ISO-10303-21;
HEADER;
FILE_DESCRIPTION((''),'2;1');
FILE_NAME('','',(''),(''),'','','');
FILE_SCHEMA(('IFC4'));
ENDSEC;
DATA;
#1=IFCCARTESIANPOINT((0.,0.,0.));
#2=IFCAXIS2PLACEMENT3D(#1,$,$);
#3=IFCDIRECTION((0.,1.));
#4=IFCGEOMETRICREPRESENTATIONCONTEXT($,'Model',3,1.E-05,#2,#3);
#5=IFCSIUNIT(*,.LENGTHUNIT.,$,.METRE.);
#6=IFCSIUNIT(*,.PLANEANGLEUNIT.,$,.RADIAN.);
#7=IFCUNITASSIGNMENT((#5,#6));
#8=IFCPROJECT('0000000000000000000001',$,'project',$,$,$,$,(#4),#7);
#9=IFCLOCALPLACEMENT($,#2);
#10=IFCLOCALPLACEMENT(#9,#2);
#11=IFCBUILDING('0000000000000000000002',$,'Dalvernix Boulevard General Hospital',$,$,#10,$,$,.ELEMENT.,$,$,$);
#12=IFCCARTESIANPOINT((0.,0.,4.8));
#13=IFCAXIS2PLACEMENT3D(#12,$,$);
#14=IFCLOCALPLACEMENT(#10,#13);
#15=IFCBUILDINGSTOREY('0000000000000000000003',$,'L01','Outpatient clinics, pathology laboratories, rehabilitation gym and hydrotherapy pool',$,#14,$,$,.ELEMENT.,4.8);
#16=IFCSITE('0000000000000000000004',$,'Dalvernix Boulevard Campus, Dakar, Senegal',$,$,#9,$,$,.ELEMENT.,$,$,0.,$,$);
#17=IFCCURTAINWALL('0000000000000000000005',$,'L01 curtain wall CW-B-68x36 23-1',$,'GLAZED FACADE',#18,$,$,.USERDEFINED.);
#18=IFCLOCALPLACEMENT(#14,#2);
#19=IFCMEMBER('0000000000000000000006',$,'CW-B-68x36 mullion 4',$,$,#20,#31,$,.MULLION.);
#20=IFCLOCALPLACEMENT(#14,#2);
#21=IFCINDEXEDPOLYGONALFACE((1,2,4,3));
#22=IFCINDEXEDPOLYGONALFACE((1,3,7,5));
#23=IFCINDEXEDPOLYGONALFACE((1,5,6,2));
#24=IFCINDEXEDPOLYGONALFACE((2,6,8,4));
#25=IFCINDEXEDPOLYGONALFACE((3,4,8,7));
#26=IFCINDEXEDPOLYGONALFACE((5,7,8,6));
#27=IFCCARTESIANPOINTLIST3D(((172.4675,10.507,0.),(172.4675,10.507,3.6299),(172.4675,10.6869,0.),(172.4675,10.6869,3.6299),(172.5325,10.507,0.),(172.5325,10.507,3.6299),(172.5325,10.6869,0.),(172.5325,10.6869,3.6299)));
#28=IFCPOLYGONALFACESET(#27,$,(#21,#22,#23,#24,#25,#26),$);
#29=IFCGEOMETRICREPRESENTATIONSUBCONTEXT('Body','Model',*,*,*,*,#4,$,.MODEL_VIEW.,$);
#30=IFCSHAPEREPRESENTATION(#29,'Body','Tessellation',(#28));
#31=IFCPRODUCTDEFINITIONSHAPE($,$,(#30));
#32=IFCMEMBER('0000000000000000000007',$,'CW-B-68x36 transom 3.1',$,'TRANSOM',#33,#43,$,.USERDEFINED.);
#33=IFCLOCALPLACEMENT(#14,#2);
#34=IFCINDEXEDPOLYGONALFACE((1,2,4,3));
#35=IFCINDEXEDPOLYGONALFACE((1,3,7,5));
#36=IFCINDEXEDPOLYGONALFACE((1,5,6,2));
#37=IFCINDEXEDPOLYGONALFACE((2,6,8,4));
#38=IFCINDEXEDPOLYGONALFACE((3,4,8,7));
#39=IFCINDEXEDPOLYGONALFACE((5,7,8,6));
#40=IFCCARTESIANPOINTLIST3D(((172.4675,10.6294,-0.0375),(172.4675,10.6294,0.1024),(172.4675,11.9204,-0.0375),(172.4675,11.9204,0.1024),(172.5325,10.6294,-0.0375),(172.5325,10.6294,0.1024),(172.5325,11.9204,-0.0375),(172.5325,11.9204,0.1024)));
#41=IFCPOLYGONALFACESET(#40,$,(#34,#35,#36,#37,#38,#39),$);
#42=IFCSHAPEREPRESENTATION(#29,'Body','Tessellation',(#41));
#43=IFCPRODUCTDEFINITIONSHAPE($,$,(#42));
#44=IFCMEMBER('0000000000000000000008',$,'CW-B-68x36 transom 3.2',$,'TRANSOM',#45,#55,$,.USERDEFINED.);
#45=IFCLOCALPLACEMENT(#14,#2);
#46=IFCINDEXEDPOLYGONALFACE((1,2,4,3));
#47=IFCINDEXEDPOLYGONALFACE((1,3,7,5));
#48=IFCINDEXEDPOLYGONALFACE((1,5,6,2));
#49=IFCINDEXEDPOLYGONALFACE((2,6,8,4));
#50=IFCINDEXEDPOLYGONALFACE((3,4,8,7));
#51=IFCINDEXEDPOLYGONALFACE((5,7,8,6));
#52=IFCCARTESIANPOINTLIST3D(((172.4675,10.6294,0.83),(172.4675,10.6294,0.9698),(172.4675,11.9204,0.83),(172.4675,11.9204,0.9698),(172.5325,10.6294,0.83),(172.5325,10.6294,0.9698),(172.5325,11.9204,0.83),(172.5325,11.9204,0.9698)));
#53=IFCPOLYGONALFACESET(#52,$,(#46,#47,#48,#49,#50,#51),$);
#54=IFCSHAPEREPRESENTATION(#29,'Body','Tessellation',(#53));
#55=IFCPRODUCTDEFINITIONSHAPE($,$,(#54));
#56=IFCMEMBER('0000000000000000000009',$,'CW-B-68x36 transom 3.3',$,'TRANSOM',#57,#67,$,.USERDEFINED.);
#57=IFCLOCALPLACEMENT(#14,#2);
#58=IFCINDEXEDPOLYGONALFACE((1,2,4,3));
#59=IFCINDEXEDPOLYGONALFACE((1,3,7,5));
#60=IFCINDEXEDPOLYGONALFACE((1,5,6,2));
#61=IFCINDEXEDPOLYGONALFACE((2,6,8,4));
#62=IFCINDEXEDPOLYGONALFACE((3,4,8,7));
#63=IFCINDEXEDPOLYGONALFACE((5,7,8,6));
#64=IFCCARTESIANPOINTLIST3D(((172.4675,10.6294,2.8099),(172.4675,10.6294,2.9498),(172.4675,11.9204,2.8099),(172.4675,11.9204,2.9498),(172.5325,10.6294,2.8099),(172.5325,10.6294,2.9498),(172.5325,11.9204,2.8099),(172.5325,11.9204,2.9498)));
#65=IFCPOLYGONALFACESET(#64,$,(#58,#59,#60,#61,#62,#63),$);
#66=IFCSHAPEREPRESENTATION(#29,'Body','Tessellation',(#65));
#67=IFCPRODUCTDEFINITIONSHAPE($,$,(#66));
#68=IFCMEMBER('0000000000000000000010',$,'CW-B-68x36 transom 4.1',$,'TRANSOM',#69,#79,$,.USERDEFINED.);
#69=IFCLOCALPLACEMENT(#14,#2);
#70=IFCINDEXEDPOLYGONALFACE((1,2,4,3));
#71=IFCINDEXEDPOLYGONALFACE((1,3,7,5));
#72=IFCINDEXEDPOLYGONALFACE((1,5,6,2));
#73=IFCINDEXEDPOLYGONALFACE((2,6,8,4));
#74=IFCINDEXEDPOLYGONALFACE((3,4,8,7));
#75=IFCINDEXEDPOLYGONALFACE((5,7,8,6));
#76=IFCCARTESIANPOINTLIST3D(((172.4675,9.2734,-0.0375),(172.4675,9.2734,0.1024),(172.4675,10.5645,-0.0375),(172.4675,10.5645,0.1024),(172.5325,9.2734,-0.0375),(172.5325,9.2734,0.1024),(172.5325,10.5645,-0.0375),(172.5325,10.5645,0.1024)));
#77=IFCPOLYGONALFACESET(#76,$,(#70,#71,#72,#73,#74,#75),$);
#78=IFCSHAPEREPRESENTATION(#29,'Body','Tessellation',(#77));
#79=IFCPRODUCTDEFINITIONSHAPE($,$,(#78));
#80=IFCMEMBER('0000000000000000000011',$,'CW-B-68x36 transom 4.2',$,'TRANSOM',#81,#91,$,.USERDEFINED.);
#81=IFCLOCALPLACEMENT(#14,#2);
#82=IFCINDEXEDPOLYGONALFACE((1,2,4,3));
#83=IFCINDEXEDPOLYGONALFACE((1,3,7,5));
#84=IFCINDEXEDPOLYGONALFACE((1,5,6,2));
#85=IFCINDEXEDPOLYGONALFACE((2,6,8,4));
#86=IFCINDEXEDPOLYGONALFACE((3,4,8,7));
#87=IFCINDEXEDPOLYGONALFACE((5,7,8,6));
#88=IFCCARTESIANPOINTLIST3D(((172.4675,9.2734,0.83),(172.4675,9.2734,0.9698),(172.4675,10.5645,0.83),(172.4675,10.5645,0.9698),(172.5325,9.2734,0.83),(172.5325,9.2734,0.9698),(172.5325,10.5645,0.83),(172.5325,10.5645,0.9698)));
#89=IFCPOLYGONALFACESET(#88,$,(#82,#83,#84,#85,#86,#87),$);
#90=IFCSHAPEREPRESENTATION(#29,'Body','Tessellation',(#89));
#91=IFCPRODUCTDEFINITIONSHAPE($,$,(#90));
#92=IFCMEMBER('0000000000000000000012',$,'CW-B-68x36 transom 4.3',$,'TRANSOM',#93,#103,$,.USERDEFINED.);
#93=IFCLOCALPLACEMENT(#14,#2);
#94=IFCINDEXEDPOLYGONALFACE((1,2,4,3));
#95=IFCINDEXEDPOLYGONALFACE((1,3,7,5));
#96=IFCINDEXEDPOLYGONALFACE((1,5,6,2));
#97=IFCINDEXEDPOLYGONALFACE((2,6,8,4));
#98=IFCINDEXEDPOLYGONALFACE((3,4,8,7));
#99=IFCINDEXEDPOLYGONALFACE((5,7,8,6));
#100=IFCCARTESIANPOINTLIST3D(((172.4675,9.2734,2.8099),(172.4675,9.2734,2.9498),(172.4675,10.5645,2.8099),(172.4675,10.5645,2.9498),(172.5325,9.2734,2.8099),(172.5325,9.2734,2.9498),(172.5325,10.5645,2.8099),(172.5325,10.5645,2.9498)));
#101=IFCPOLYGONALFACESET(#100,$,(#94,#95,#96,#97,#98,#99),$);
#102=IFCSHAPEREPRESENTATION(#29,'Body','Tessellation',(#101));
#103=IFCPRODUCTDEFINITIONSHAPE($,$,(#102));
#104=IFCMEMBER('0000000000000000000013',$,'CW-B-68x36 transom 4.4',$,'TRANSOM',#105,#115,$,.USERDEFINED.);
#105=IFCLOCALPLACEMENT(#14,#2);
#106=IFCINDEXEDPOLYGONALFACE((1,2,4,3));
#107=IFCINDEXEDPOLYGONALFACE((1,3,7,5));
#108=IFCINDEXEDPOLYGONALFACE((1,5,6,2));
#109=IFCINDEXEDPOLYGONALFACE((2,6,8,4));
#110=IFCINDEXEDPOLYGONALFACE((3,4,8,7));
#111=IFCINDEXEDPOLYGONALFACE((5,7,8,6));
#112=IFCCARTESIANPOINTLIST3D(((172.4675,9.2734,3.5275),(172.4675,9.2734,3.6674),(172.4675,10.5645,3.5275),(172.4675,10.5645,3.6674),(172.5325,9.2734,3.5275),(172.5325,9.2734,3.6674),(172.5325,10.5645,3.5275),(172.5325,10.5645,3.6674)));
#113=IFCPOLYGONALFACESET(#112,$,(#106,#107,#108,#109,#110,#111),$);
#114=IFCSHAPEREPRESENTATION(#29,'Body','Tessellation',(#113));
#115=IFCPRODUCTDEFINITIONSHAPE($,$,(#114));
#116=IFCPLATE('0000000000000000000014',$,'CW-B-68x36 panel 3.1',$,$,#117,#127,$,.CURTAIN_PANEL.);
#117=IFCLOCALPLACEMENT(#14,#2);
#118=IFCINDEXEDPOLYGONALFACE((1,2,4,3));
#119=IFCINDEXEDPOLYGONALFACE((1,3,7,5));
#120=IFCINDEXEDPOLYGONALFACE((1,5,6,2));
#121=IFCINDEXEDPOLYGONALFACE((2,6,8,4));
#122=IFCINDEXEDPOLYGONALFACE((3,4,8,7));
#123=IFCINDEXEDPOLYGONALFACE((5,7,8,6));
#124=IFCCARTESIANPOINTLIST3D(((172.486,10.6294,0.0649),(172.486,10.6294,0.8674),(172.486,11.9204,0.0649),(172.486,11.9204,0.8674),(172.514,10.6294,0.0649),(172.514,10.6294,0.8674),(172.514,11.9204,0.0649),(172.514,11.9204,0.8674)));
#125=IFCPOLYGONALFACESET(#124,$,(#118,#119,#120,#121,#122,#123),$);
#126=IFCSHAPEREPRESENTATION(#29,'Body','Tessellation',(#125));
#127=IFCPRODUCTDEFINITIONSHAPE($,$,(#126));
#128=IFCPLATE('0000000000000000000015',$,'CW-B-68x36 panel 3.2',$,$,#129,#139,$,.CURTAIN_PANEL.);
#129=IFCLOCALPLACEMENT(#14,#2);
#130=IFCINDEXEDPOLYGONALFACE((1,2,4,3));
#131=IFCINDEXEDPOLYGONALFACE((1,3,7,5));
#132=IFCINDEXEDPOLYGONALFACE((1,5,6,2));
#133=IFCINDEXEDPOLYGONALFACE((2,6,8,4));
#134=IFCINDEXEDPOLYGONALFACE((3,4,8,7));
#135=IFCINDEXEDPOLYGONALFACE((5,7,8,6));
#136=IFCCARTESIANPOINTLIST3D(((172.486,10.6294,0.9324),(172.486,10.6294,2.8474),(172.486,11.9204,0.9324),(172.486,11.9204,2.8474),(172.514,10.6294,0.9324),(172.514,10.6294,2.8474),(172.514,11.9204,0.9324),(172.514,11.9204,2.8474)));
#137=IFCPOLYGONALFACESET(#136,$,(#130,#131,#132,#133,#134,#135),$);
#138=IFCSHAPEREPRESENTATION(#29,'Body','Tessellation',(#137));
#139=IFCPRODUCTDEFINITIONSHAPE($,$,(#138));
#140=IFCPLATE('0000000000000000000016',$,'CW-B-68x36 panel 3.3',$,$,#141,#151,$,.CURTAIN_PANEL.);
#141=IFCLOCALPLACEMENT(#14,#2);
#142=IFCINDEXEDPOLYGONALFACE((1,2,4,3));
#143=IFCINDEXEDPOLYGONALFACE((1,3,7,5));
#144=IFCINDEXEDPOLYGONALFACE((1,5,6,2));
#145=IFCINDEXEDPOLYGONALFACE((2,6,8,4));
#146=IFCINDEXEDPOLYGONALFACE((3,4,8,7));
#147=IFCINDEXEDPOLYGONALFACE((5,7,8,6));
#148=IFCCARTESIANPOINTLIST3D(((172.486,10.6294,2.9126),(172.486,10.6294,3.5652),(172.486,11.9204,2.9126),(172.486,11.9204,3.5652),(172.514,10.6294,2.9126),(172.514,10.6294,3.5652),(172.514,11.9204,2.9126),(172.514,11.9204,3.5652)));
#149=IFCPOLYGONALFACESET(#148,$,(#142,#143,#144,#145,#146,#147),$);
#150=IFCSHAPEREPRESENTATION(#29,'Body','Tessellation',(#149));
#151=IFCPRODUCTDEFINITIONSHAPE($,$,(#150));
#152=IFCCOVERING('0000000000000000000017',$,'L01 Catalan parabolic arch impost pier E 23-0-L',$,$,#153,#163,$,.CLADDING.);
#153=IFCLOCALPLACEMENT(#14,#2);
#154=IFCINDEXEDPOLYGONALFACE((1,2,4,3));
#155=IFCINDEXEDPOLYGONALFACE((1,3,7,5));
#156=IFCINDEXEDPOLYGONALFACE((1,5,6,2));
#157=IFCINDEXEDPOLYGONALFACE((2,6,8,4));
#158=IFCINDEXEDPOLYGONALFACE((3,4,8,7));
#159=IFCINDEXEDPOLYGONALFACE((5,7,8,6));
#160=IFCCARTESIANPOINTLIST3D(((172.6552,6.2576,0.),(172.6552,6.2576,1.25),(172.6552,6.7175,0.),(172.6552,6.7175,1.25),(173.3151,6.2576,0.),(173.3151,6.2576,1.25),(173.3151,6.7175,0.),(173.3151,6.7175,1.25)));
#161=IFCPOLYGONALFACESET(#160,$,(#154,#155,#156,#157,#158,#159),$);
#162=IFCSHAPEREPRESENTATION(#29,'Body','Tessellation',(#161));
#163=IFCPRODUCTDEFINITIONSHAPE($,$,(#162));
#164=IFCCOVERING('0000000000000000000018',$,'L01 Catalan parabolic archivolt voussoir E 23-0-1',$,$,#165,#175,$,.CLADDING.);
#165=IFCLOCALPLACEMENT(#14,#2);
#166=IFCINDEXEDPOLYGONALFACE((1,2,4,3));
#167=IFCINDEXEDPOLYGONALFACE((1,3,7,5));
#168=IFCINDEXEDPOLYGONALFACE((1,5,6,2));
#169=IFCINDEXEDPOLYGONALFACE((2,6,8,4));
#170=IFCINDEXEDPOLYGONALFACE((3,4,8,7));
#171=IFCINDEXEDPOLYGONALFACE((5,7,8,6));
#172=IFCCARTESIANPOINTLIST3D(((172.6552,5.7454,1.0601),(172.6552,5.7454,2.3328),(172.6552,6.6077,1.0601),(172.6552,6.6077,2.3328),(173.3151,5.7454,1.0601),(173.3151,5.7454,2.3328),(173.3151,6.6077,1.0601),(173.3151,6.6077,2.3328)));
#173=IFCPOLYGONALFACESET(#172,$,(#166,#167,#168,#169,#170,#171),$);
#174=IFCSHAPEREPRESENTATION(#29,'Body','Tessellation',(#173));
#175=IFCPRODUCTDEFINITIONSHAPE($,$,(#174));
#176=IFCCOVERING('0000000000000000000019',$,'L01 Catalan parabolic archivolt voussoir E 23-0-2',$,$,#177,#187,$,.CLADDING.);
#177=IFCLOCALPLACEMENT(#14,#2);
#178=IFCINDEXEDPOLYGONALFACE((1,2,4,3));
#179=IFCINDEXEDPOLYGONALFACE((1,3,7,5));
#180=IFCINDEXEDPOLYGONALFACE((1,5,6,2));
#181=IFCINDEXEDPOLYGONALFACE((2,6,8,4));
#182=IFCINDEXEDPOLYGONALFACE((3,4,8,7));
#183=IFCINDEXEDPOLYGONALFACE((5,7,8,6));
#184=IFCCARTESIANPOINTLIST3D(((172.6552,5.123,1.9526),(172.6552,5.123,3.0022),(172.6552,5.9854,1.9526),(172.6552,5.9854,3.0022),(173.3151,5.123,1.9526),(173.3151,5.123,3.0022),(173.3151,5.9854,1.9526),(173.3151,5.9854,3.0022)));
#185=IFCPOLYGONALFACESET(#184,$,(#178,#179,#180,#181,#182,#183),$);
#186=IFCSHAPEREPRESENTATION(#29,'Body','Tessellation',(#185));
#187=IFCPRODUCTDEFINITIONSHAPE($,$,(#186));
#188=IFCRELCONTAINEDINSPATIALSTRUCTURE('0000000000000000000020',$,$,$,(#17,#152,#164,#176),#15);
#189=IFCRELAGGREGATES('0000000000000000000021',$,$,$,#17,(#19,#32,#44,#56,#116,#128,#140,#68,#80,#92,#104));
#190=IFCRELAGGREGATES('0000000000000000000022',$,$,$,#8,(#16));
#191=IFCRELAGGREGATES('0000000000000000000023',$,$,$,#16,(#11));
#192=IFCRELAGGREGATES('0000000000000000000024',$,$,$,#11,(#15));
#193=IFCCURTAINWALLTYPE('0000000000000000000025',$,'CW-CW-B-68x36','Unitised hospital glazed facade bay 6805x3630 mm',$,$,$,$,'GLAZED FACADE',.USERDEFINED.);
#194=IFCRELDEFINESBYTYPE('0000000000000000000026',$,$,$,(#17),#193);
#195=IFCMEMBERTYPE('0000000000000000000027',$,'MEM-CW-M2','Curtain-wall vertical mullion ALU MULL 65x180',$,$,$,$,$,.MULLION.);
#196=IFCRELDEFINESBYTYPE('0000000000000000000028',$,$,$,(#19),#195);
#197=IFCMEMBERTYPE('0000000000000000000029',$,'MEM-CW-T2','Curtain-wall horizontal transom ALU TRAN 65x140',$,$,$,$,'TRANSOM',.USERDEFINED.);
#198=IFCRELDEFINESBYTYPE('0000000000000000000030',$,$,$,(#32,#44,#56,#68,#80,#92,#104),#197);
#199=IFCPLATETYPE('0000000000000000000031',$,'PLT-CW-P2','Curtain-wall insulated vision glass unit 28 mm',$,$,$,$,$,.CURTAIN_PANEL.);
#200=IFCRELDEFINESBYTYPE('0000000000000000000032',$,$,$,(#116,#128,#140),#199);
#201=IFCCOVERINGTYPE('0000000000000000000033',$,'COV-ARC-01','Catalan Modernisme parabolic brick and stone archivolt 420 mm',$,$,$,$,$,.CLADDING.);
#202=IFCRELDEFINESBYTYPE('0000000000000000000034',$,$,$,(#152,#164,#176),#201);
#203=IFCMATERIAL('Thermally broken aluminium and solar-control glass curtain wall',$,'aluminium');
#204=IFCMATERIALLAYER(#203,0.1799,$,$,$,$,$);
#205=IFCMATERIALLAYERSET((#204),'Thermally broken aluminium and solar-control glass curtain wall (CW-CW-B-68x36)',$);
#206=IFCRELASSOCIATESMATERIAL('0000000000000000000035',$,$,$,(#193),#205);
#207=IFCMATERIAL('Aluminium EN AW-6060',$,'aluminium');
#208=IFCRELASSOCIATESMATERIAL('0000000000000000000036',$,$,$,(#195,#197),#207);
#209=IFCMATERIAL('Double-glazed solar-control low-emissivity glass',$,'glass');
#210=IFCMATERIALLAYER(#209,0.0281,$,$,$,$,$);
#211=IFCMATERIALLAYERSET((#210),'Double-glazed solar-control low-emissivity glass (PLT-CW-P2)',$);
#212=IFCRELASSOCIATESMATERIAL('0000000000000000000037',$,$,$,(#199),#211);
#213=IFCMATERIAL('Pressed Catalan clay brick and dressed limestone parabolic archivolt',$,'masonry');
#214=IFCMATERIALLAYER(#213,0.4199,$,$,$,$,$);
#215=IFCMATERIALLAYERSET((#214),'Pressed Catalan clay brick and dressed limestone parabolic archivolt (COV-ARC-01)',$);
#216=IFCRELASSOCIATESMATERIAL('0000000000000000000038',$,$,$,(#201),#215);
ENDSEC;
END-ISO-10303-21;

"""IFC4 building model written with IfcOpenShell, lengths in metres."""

from ifc_helpers import new_model, si_unit, direction, frame, origin, origin_2d, place, context, subcontext, project, spatial, rectangle, extrude, material, layer, layer_set, material_profile, profile_set, type_object, element, aggregate, save


model = new_model("IFC4")

# Units and contexts
model_context = context("Model", 3, precision=1e-05, world=origin(), true_north=direction((0.0, 1.0)))
body_context = subcontext(model_context, "Body", "Model", "MODEL_VIEW")
ifc_project = project(units=[si_unit("LENGTHUNIT", "METRE"), si_unit("PLANEANGLEUNIT", "RADIAN")], contexts=[model_context])

# Site, building, storey
site_placement = place(None, origin())
site = spatial("IfcSite", under=ifc_project, at=site_placement, Name="Dalvernix Boulevard Campus, Dakar, Senegal", CompositionType="ELEMENT", RefElevation=0.0)
building_placement = place(site_placement, origin())
building = spatial("IfcBuilding", under=site, at=building_placement, Name="Dalvernix Boulevard General Hospital", CompositionType="ELEMENT")
storey_placement = place(building_placement, frame((0.0, 0.0, 4.8)))
storey = spatial("IfcBuildingStorey", under=building, at=storey_placement, Name="L01", Description="Outpatient clinics, pathology laboratories, rehabilitation gym and hydrotherapy pool", CompositionType="ELEMENT", Elevation=4.8)

# Curtain wall, members, plates
ifc_material_1 = material(Name="Thermally broken aluminium and solar-control glass curtain wall", Category="aluminium")
ifc_layer_1 = layer(ifc_material_1, 0.1799)
ifc_layer_set_1 = layer_set([ifc_layer_1], Name="Thermally broken aluminium and solar-control glass curtain wall (CW-CW-B-68x36)")
curtain_wall_type = type_object("IfcCurtainWallType", Name="CW-CW-B-68x36", Description="Unitised hospital glazed facade bay 6805x3630 mm", ElementType="GLAZED FACADE", PredefinedType="USERDEFINED", material=ifc_layer_set_1)
curtain_wall_placement = place(storey_placement, origin())
curtain_wall = element("IfcCurtainWall", 1, at=curtain_wall_placement, inside=storey, type_object=curtain_wall_type, Name="L01 curtain wall CW-B-68x36 23-1", ObjectType="GLAZED FACADE", PredefinedType="USERDEFINED")
ifc_material_2 = material(Name="Aluminium EN AW-6060", Category="aluminium")
ifc_material_profile_1 = material_profile(ifc_material_2, rectangle(XDim=0.0649, YDim=0.1799, at=origin_2d()), Name="ALU MULL 65x180")
ifc_profile_set_1 = profile_set([ifc_material_profile_1], Name="Aluminium EN AW-6060")
member_type_1 = type_object("IfcMemberType", Name="MEM-CW-M2", Description="Curtain-wall vertical mullion ALU MULL 65x180", PredefinedType="MULLION", material=ifc_profile_set_1)
member_1_placement = place(storey_placement, frame((172.5, 10.5969, 0.0), z_axis=(0.0, 0.0, 1.0), x_axis=(1.0, 0.0, 0.0)))
member_1 = element("IfcMember", 2, at=member_1_placement, type_object=member_type_1, Name="CW-B-68x36 mullion 4", PredefinedType="MULLION", context=body_context, shape_type="SweptSolid", body=[
    extrude(rectangle(XDim=0.0649, YDim=0.1799, at=origin_2d()), origin(), (0.0, 0.0, 1.0), 3.6299),
])
ifc_material_profile_2 = material_profile(ifc_material_2, rectangle(XDim=0.0649, YDim=0.1399, at=origin_2d()), Name="ALU TRAN 65x140")
ifc_profile_set_2 = profile_set([ifc_material_profile_2], Name="Aluminium EN AW-6060")
member_type_2 = type_object("IfcMemberType", Name="MEM-CW-T2", Description="Curtain-wall horizontal transom ALU TRAN 65x140", ElementType="TRANSOM", PredefinedType="USERDEFINED", material=ifc_profile_set_2)
member_2_placement = place(storey_placement, frame((172.5, 11.9204, 0.0325), z_axis=(0.0, -1.0, 0.0), x_axis=(1.0, 0.0, 0.0)))
member_2 = element("IfcMember", 3, at=member_2_placement, type_object=member_type_2, Name="CW-B-68x36 transom 3.1", ObjectType="TRANSOM", PredefinedType="USERDEFINED", context=body_context, shape_type="SweptSolid", body=[
    extrude(rectangle(XDim=0.0649, YDim=0.1399, at=origin_2d()), origin(), (0.0, 0.0, 1.0), 1.291),
])
member_3_placement = place(storey_placement, frame((172.5, 11.9204, 0.8999), z_axis=(0.0, -1.0, 0.0), x_axis=(1.0, 0.0, 0.0)))
member_3 = element("IfcMember", 4, at=member_3_placement, type_object=member_type_2, Name="CW-B-68x36 transom 3.2", ObjectType="TRANSOM", PredefinedType="USERDEFINED", context=body_context, shape_type="SweptSolid", body=[
    extrude(rectangle(XDim=0.0649, YDim=0.1399, at=origin_2d()), origin(), (0.0, 0.0, 1.0), 1.291),
])
member_4_placement = place(storey_placement, frame((172.5, 11.9204, 2.8799), z_axis=(0.0, -1.0, 0.0), x_axis=(1.0, 0.0, 0.0)))
member_4 = element("IfcMember", 5, at=member_4_placement, type_object=member_type_2, Name="CW-B-68x36 transom 3.3", ObjectType="TRANSOM", PredefinedType="USERDEFINED", context=body_context, shape_type="SweptSolid", body=[
    extrude(rectangle(XDim=0.0649, YDim=0.1399, at=origin_2d()), origin(), (0.0, 0.0, 1.0), 1.291),
])
member_5_placement = place(storey_placement, frame((172.5, 10.5645, 0.0325), z_axis=(0.0, -1.0, 0.0), x_axis=(1.0, 0.0, 0.0)))
member_5 = element("IfcMember", 6, at=member_5_placement, type_object=member_type_2, Name="CW-B-68x36 transom 4.1", ObjectType="TRANSOM", PredefinedType="USERDEFINED", context=body_context, shape_type="SweptSolid", body=[
    extrude(rectangle(XDim=0.0649, YDim=0.1399, at=origin_2d()), origin(), (0.0, 0.0, 1.0), 1.291),
])
member_6_placement = place(storey_placement, frame((172.5, 10.5645, 0.8999), z_axis=(0.0, -1.0, 0.0), x_axis=(1.0, 0.0, 0.0)))
member_6 = element("IfcMember", 7, at=member_6_placement, type_object=member_type_2, Name="CW-B-68x36 transom 4.2", ObjectType="TRANSOM", PredefinedType="USERDEFINED", context=body_context, shape_type="SweptSolid", body=[
    extrude(rectangle(XDim=0.0649, YDim=0.1399, at=origin_2d()), origin(), (0.0, 0.0, 1.0), 1.291),
])
member_7_placement = place(storey_placement, frame((172.5, 10.5645, 2.8799), z_axis=(0.0, -1.0, 0.0), x_axis=(1.0, 0.0, 0.0)))
member_7 = element("IfcMember", 8, at=member_7_placement, type_object=member_type_2, Name="CW-B-68x36 transom 4.3", ObjectType="TRANSOM", PredefinedType="USERDEFINED", context=body_context, shape_type="SweptSolid", body=[
    extrude(rectangle(XDim=0.0649, YDim=0.1399, at=origin_2d()), origin(), (0.0, 0.0, 1.0), 1.291),
])
member_8_placement = place(storey_placement, frame((172.5, 10.5645, 3.5974), z_axis=(0.0, -1.0, 0.0), x_axis=(1.0, 0.0, 0.0)))
member_8 = element("IfcMember", 9, at=member_8_placement, type_object=member_type_2, Name="CW-B-68x36 transom 4.4", ObjectType="TRANSOM", PredefinedType="USERDEFINED", context=body_context, shape_type="SweptSolid", body=[
    extrude(rectangle(XDim=0.0649, YDim=0.1399, at=origin_2d()), origin(), (0.0, 0.0, 1.0), 1.291),
])
ifc_material_3 = material(Name="Double-glazed solar-control low-emissivity glass", Category="glass")
ifc_layer_2 = layer(ifc_material_3, 0.0281)
ifc_layer_set_2 = layer_set([ifc_layer_2], Name="Double-glazed solar-control low-emissivity glass (PLT-CW-P2)")
plate_type = type_object("IfcPlateType", Name="PLT-CW-P2", Description="Curtain-wall insulated vision glass unit 28 mm", PredefinedType="CURTAIN_PANEL", material=ifc_layer_set_2)
plate_1_placement = place(storey_placement, frame((172.5, 11.2749, 0.0649), z_axis=(0.0, 0.0, 1.0), x_axis=(0.0, -1.0, 0.0)))
plate_1 = element("IfcPlate", 10, at=plate_1_placement, type_object=plate_type, Name="CW-B-68x36 panel 3.1", PredefinedType="CURTAIN_PANEL", context=body_context, shape_type="SweptSolid", body=[
    extrude(rectangle(XDim=1.291, YDim=0.0281, at=origin_2d()), origin(), (0.0, 0.0, 1.0), 0.8025),
])
plate_2_placement = place(storey_placement, frame((172.5, 11.2749, 0.9324), z_axis=(0.0, 0.0, 1.0), x_axis=(0.0, -1.0, 0.0)))
plate_2 = element("IfcPlate", 11, at=plate_2_placement, type_object=plate_type, Name="CW-B-68x36 panel 3.2", PredefinedType="CURTAIN_PANEL", context=body_context, shape_type="SweptSolid", body=[
    extrude(rectangle(XDim=1.291, YDim=0.0281, at=origin_2d()), origin(), (0.0, 0.0, 1.0), 1.915),
])
plate_3_placement = place(storey_placement, frame((172.5, 11.2749, 2.9126), z_axis=(0.0, 0.0, 1.0), x_axis=(0.0, -1.0, 0.0)))
plate_3 = element("IfcPlate", 12, at=plate_3_placement, type_object=plate_type, Name="CW-B-68x36 panel 3.3", PredefinedType="CURTAIN_PANEL", context=body_context, shape_type="SweptSolid", body=[
    extrude(rectangle(XDim=1.291, YDim=0.0281, at=origin_2d()), origin(), (0.0, 0.0, 1.0), 0.6526),
])
aggregate(curtain_wall, [member_1, member_2, member_3, member_4, plate_1, plate_2, plate_3, member_5, member_6, member_7, member_8])

# Coverings
ifc_material_4 = material(Name="Pressed Catalan clay brick and dressed limestone parabolic archivolt", Category="masonry")
ifc_layer_3 = layer(ifc_material_4, 0.4199)
ifc_layer_set_3 = layer_set([ifc_layer_3], Name="Pressed Catalan clay brick and dressed limestone parabolic archivolt (COV-ARC-01)")
covering_type_1 = type_object("IfcCoveringType", Name="COV-ARC-01", Description="Catalan Modernisme parabolic brick and stone archivolt 420 mm", PredefinedType="CLADDING", material=ifc_layer_set_3)
covering_1_placement = place(storey_placement, frame((172.9851, 6.4875, 0.0), z_axis=(0.0, 0.0, 1.0), x_axis=(0.0, -1.0, 0.0)))
element("IfcCovering", 13, at=covering_1_placement, inside=storey, type_object=covering_type_1, Name="L01 Catalan parabolic arch impost pier E 23-0-L", PredefinedType="CLADDING", context=body_context, shape_type="SweptSolid", body=[
    extrude(rectangle(XDim=0.46, YDim=0.6599, at=origin_2d()), origin(), (0.0, 0.0, 1.0), 1.25),
])
covering_2_placement = place(storey_placement, frame((172.9851, 6.1765, 1.0601), z_axis=(0.0, 0.0, 1.0), x_axis=(0.0, -1.0, 0.0)))
element("IfcCovering", 14, at=covering_2_placement, inside=storey, type_object=covering_type_1, Name="L01 Catalan parabolic archivolt voussoir E 23-0-1", PredefinedType="CLADDING", context=body_context, shape_type="SweptSolid", body=[
    extrude(rectangle(XDim=0.8623, YDim=0.6599, at=origin_2d()), origin(), (0.0, 0.0, 1.0), 1.2727),
])
covering_3_placement = place(storey_placement, frame((172.9851, 5.5542, 1.9526), z_axis=(0.0, 0.0, 1.0), x_axis=(0.0, -1.0, 0.0)))
element("IfcCovering", 15, at=covering_3_placement, inside=storey, type_object=covering_type_1, Name="L01 Catalan parabolic archivolt voussoir E 23-0-2", PredefinedType="CLADDING", context=body_context, shape_type="SweptSolid", body=[
    extrude(rectangle(XDim=0.8623, YDim=0.6599, at=origin_2d()), origin(), (0.0, 0.0, 1.0), 1.0496),
])

save(model, "model.ifc")
